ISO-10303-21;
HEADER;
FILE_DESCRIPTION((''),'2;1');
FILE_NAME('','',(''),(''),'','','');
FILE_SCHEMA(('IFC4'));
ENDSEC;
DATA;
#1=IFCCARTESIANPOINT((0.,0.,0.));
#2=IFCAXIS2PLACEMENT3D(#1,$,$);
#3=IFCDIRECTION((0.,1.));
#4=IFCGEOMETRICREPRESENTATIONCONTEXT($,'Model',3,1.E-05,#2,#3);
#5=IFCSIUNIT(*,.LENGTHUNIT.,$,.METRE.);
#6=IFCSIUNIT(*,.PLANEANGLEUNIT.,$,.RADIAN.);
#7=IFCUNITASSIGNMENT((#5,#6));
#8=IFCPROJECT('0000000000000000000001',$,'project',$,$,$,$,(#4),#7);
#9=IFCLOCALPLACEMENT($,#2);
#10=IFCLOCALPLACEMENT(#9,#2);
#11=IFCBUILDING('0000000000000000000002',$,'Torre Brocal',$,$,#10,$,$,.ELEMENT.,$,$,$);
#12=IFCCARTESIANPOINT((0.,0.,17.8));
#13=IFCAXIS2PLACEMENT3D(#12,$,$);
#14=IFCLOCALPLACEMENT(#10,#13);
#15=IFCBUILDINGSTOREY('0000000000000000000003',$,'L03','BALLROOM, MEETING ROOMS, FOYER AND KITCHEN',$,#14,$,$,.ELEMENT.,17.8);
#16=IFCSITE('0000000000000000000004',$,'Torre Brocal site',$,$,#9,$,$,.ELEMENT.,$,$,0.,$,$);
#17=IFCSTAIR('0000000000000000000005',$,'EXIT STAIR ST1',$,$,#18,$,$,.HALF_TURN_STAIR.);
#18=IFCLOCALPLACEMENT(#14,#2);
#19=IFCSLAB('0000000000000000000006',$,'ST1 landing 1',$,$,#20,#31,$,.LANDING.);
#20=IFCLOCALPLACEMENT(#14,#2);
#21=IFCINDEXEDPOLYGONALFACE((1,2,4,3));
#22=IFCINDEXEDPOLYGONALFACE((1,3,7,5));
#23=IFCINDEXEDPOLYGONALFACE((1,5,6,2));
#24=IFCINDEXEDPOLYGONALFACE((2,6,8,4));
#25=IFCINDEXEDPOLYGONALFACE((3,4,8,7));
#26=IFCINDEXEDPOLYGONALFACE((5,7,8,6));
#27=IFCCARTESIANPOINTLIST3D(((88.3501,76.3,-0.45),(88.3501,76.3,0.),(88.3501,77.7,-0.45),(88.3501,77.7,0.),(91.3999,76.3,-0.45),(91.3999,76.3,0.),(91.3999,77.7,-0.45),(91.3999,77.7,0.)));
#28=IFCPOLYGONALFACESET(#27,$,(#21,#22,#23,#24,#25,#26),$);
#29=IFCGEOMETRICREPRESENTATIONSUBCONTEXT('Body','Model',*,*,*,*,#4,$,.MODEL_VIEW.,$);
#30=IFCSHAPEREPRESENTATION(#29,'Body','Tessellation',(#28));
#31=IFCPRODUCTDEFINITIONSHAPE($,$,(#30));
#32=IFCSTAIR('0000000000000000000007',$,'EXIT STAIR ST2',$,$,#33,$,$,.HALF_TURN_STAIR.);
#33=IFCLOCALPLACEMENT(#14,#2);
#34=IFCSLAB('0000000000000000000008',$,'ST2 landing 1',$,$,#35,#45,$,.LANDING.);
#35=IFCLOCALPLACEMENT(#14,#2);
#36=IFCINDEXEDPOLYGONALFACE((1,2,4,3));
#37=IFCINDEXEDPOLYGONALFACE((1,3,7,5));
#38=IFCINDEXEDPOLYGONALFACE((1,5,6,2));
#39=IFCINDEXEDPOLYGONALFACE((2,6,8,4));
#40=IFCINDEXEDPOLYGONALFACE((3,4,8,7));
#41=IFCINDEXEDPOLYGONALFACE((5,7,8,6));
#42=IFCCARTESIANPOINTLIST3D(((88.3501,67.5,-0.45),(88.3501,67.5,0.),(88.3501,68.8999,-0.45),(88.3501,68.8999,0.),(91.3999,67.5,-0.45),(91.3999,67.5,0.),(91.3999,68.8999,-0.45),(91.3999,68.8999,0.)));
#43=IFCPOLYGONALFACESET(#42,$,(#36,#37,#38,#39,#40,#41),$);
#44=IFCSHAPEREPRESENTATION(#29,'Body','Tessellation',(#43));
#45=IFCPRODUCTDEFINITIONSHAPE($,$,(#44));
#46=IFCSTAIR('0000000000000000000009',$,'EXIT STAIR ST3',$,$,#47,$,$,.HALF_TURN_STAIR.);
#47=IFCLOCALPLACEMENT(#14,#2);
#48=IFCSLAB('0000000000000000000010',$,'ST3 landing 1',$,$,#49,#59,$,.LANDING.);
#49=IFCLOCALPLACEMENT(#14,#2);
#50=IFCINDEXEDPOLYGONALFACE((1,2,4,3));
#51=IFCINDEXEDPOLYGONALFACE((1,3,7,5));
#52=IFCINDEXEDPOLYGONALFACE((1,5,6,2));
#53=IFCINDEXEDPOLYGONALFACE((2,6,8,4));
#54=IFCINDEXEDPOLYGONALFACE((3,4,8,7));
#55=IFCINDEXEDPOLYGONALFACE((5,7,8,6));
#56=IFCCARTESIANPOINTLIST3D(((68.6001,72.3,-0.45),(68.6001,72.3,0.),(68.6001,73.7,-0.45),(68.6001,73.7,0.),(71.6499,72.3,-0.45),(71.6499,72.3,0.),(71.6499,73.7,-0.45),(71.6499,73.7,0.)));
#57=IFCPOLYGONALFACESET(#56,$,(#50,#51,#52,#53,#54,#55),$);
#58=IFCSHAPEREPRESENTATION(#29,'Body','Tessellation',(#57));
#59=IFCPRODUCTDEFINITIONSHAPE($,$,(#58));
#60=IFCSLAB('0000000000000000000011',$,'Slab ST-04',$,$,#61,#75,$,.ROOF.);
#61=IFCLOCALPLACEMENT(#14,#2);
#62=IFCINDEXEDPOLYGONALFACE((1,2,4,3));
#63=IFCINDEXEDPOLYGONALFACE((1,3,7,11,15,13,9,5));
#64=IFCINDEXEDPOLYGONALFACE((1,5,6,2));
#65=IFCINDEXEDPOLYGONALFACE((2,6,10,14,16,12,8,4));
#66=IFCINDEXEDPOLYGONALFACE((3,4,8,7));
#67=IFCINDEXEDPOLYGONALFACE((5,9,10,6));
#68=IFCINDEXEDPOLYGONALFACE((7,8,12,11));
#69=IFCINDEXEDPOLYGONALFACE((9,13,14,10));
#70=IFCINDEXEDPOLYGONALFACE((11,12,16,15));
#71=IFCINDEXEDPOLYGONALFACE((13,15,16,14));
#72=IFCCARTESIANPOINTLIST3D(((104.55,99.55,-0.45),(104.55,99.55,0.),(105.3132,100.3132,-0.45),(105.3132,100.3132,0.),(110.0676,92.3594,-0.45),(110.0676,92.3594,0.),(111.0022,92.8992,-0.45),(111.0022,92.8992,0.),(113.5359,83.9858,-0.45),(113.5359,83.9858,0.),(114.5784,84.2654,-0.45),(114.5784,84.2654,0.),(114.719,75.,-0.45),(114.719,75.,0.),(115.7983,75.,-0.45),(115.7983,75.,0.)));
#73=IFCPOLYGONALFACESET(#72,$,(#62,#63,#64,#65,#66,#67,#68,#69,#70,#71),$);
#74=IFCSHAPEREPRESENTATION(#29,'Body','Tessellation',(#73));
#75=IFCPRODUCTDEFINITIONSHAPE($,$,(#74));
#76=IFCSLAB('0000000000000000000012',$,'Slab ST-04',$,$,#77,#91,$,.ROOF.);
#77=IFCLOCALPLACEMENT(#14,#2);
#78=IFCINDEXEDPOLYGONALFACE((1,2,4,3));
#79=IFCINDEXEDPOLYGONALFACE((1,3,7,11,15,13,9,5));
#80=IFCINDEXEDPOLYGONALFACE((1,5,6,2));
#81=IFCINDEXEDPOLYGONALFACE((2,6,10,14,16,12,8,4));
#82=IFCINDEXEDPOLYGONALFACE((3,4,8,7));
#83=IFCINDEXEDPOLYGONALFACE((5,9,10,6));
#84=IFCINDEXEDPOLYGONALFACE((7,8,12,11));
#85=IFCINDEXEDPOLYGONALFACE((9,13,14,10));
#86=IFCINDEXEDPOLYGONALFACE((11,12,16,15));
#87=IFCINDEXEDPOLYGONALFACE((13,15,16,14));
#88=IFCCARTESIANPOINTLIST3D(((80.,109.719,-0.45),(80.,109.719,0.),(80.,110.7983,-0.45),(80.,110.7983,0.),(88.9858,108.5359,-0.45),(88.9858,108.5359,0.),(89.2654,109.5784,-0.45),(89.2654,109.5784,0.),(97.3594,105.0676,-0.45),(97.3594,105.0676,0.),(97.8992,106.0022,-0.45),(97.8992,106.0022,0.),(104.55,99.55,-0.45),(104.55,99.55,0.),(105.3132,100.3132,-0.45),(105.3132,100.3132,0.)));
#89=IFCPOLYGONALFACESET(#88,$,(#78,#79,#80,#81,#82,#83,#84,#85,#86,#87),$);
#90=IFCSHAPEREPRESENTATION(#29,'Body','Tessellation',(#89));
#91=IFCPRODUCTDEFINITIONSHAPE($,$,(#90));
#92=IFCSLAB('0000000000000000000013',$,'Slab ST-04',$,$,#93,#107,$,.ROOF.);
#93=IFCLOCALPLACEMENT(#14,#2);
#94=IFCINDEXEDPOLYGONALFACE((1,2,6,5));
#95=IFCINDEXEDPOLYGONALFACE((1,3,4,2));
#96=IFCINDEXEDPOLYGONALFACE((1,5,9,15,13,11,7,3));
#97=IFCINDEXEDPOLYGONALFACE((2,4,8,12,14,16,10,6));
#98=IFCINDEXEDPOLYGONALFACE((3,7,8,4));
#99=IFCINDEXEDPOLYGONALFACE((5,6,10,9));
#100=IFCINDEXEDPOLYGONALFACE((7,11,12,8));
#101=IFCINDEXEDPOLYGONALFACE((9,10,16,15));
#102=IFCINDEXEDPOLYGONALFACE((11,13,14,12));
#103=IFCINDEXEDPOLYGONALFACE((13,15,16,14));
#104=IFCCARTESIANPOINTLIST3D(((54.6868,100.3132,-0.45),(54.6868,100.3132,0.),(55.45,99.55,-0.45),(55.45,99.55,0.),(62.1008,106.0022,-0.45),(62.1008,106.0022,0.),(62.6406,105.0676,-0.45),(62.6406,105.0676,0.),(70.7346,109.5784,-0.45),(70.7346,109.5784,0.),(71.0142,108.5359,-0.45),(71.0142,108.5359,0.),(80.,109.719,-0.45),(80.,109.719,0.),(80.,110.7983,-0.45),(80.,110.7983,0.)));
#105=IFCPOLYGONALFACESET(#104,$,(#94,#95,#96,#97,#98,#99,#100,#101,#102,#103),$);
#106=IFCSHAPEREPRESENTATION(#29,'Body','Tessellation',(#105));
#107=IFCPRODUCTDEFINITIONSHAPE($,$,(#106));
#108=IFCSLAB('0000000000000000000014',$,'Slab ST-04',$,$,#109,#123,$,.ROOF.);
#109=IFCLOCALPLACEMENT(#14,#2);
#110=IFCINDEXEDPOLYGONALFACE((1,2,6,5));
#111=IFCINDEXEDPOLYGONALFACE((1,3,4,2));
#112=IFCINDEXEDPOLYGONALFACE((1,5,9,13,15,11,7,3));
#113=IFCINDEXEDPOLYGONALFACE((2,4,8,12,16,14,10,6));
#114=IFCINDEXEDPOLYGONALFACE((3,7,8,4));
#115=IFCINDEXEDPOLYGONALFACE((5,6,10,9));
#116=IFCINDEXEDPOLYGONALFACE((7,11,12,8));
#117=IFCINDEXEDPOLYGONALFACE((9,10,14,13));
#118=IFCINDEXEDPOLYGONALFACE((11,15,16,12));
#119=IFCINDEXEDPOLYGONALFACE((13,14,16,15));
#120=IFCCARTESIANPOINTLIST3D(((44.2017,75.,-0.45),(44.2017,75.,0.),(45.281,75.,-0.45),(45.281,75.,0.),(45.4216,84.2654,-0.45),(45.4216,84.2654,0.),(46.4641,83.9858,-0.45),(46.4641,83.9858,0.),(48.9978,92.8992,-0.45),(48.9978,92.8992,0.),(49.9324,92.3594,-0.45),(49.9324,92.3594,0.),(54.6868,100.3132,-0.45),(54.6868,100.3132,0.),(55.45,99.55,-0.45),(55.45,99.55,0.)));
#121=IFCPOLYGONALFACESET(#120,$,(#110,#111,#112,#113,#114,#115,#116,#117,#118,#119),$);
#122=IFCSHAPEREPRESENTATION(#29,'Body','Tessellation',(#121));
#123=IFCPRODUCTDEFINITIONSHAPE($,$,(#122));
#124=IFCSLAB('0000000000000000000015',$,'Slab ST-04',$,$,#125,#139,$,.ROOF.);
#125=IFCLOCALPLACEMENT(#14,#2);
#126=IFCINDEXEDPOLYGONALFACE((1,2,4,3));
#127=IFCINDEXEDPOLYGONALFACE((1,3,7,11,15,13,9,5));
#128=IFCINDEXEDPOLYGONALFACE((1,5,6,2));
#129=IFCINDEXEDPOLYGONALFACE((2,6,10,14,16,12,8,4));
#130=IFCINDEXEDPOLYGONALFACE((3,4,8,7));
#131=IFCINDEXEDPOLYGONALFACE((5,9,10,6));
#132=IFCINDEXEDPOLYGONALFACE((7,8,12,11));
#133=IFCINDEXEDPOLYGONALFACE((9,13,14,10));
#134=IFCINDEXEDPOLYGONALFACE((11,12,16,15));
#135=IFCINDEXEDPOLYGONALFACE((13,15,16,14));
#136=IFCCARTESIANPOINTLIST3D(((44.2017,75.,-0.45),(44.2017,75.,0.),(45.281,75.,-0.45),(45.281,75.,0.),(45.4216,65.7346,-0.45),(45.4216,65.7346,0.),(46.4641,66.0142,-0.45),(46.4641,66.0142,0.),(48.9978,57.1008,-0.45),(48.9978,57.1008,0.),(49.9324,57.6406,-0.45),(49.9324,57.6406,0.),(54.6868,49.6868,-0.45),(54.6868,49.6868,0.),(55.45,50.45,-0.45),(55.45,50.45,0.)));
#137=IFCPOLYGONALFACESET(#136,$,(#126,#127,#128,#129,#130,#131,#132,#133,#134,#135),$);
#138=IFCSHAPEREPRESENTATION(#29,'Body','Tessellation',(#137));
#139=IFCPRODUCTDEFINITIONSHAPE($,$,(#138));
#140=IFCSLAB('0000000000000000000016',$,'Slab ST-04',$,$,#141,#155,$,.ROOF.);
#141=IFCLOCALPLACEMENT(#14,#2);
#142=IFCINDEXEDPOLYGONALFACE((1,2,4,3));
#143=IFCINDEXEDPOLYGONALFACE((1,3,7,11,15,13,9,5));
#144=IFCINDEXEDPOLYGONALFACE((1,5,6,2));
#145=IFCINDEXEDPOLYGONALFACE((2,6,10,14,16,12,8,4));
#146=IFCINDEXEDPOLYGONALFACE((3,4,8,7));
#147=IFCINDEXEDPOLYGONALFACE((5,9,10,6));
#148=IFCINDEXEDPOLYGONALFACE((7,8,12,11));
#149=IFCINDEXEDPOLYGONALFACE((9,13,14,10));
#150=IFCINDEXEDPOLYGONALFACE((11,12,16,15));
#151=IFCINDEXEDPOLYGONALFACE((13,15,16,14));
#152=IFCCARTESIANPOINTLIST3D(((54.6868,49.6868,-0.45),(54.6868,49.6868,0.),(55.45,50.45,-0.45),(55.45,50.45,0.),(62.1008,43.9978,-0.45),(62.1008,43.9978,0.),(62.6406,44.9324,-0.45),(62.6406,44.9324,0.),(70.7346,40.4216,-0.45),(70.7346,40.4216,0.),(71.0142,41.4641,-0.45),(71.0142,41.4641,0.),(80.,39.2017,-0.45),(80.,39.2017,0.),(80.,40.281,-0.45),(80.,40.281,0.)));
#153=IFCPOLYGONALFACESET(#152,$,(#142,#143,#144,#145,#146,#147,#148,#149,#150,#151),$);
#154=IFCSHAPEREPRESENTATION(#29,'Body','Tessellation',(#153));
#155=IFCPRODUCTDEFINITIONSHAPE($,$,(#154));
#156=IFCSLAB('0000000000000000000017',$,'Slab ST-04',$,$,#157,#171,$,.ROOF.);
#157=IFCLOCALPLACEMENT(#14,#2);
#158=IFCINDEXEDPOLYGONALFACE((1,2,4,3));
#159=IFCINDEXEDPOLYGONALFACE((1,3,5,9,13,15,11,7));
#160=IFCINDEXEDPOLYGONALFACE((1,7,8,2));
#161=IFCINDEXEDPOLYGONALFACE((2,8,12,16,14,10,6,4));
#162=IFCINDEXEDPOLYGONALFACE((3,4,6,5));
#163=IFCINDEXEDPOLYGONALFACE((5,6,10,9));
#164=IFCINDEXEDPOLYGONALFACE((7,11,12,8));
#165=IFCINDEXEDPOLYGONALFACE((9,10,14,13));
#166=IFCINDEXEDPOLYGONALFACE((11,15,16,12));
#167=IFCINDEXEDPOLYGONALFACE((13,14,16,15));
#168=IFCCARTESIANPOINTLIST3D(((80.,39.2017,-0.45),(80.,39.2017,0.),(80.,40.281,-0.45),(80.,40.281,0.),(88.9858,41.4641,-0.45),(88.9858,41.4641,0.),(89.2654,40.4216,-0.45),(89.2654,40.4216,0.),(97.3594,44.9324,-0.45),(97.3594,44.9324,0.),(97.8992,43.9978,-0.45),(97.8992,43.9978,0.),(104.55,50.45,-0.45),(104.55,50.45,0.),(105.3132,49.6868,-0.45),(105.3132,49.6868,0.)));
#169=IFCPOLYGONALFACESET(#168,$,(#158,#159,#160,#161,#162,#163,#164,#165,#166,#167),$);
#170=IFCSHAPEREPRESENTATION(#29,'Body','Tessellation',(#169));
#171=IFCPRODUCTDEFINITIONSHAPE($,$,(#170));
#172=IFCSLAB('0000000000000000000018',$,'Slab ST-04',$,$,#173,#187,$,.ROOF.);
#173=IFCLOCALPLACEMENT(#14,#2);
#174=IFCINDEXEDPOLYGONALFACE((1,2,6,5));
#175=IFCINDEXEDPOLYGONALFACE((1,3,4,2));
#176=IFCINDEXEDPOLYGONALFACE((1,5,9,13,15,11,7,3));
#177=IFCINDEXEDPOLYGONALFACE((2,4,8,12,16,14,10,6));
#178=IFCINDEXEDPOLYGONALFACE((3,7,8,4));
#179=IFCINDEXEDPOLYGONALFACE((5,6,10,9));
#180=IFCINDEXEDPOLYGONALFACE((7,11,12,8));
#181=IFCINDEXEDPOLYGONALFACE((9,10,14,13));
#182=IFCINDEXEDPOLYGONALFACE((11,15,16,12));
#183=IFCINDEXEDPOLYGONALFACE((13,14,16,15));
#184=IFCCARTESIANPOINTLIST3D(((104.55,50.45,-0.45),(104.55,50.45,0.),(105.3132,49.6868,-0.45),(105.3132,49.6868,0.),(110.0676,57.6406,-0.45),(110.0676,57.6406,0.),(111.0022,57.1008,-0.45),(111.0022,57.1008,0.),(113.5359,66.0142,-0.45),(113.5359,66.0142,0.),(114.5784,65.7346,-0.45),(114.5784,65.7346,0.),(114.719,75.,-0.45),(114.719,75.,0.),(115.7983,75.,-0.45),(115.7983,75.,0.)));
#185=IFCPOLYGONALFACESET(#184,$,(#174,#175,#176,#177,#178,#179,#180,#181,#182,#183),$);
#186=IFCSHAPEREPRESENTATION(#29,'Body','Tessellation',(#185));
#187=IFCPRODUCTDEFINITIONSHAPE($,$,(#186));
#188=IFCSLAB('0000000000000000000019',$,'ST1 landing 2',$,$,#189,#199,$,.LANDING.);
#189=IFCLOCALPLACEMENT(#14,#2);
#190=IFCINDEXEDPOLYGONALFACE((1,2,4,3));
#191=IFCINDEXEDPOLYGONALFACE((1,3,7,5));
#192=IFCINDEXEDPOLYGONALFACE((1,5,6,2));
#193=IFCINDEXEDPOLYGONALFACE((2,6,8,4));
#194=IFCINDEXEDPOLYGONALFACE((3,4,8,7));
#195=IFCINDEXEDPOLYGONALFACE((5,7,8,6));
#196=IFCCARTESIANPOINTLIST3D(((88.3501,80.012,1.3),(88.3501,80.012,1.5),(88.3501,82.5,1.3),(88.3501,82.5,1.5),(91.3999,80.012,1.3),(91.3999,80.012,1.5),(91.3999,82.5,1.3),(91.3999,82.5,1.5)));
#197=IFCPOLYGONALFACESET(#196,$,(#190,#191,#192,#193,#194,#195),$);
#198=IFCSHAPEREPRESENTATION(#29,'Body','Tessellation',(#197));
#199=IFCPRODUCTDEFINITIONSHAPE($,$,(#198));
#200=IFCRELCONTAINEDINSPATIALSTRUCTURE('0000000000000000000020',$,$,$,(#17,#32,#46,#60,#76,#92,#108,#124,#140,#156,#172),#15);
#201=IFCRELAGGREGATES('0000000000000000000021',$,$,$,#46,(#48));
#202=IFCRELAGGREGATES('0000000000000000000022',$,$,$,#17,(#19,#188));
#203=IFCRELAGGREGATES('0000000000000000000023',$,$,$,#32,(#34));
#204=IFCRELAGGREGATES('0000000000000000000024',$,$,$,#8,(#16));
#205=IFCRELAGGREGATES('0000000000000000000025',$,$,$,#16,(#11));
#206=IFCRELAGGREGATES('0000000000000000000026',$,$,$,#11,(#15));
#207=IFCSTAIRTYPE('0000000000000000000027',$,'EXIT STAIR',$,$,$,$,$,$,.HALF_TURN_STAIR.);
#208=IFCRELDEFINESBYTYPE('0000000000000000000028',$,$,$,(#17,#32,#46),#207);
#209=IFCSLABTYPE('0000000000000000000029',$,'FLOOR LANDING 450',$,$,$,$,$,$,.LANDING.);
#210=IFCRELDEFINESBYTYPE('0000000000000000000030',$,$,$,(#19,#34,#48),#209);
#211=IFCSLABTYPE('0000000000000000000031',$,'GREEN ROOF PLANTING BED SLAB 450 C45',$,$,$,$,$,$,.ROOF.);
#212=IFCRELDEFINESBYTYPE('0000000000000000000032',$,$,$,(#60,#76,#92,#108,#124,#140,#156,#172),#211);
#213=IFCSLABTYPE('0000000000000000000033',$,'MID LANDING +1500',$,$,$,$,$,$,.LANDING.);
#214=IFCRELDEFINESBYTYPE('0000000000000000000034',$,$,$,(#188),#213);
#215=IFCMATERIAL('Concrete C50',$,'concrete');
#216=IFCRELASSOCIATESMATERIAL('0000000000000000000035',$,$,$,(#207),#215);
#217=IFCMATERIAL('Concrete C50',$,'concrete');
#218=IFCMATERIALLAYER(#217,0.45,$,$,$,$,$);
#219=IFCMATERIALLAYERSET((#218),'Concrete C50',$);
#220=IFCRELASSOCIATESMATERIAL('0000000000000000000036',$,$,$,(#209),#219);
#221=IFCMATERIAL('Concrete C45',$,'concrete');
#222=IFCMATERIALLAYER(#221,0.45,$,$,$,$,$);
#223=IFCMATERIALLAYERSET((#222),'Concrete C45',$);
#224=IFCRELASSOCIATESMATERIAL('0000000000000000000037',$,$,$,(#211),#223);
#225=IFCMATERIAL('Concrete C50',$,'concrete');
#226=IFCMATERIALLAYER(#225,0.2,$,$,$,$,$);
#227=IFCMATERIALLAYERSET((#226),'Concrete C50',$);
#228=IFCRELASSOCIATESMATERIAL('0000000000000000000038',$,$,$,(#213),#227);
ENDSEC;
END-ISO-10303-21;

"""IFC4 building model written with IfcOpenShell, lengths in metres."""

from ifc_helpers import new_model, si_unit, direction, frame, origin, place, context, subcontext, project, spatial, polyline, outline, extrude, material, layer, layer_set, type_object, element, aggregate, save


model = new_model("IFC4")

# Units and contexts
model_context = context("Model", 3, precision=1e-05, world=origin(), true_north=direction((0.0, 1.0)))
body_context = subcontext(model_context, "Body", "Model", "MODEL_VIEW")
ifc_project = project(units=[si_unit("LENGTHUNIT", "METRE"), si_unit("PLANEANGLEUNIT", "RADIAN")], contexts=[model_context])

# Site, building, storey
site_placement = place(None, origin())
site = spatial("IfcSite", under=ifc_project, at=site_placement, Name="Torre Brocal site", CompositionType="ELEMENT", RefElevation=0.0)
building_placement = place(site_placement, origin())
building = spatial("IfcBuilding", under=site, at=building_placement, Name="Torre Brocal", CompositionType="ELEMENT")
storey_placement = place(building_placement, frame((0.0, 0.0, 17.8)))
storey = spatial("IfcBuildingStorey", under=building, at=storey_placement, Name="L03", Description="BALLROOM, MEETING ROOMS, FOYER AND KITCHEN", CompositionType="ELEMENT", Elevation=17.8)

# Stairs, slabs
ifc_material_1 = material(Name="Concrete C50", Category="concrete")
stair_type = type_object("IfcStairType", Name="EXIT STAIR", PredefinedType="HALF_TURN_STAIR", material=ifc_material_1)
stair_1_placement = place(storey_placement, origin())
stair_1 = element("IfcStair", 1, at=stair_1_placement, inside=storey, type_object=stair_type, Name="EXIT STAIR ST1", PredefinedType="HALF_TURN_STAIR")
ifc_material_2 = material(Name="Concrete C50", Category="concrete")
ifc_layer_1 = layer(ifc_material_2, 0.45)
ifc_layer_set_1 = layer_set([ifc_layer_1], Name="Concrete C50")
slab_type_1 = type_object("IfcSlabType", Name="FLOOR LANDING 450", PredefinedType="LANDING", material=ifc_layer_set_1)
slab_1_placement = place(storey_placement, frame((0.0, 0.0, -0.45)))
slab_1 = element("IfcSlab", 2, at=slab_1_placement, type_object=slab_type_1, Name="ST1 landing 1", PredefinedType="LANDING", context=body_context, shape_type="SweptSolid", body=[
    extrude(outline(polyline([(88.3501, 76.3), (91.3999, 76.3), (91.3999, 77.7), (88.3501, 77.7), (88.3501, 76.3)])), origin(), (0.0, 0.0, 1.0), 0.45),
])
stair_2_placement = place(storey_placement, origin())
stair_2 = element("IfcStair", 3, at=stair_2_placement, inside=storey, type_object=stair_type, Name="EXIT STAIR ST2", PredefinedType="HALF_TURN_STAIR")
slab_2_placement = place(storey_placement, frame((0.0, 0.0, -0.45)))
slab_2 = element("IfcSlab", 4, at=slab_2_placement, type_object=slab_type_1, Name="ST2 landing 1", PredefinedType="LANDING", context=body_context, shape_type="SweptSolid", body=[
    extrude(outline(polyline([(88.3501, 67.5), (91.3999, 67.5), (91.3999, 68.8999), (88.3501, 68.8999), (88.3501, 67.5)])), origin(), (0.0, 0.0, 1.0), 0.45),
])
stair_3_placement = place(storey_placement, origin())
stair_3 = element("IfcStair", 5, at=stair_3_placement, inside=storey, type_object=stair_type, Name="EXIT STAIR ST3", PredefinedType="HALF_TURN_STAIR")
slab_3_placement = place(storey_placement, frame((0.0, 0.0, -0.45)))
slab_3 = element("IfcSlab", 6, at=slab_3_placement, type_object=slab_type_1, Name="ST3 landing 1", PredefinedType="LANDING", context=body_context, shape_type="SweptSolid", body=[
    extrude(outline(polyline([(71.6499, 73.7), (68.6001, 73.7), (68.6001, 72.3), (71.6499, 72.3), (71.6499, 73.7)])), origin(), (0.0, 0.0, 1.0), 0.45),
])

# Slabs
ifc_material_3 = material(Name="Concrete C45", Category="concrete")
ifc_layer_2 = layer(ifc_material_3, 0.45)
ifc_layer_set_2 = layer_set([ifc_layer_2], Name="Concrete C45")
slab_type_2 = type_object("IfcSlabType", Name="GREEN ROOF PLANTING BED SLAB 450 C45", PredefinedType="ROOF", material=ifc_layer_set_2)
slab_4_placement = place(storey_placement, frame((0.0, 0.0, -0.45)))
element("IfcSlab", 7, at=slab_4_placement, inside=storey, type_object=slab_type_2, Name="Slab ST-04", PredefinedType="ROOF", context=body_context, shape_type="SweptSolid", body=[
    extrude(outline(polyline([(115.7983, 75.0), (114.719, 75.0), (113.5359, 83.9858), (110.0676, 92.3594), (104.55, 99.55), (105.3132, 100.3132), (111.0022, 92.8992), (114.5784, 84.2654), (115.7983, 75.0)])), origin(), (0.0, 0.0, 1.0), 0.45),
])
slab_5_placement = place(storey_placement, frame((0.0, 0.0, -0.45)))
element("IfcSlab", 8, at=slab_5_placement, inside=storey, type_object=slab_type_2, Name="Slab ST-04", PredefinedType="ROOF", context=body_context, shape_type="SweptSolid", body=[
    extrude(outline(polyline([(105.3132, 100.3132), (104.55, 99.55), (97.3594, 105.0676), (88.9858, 108.5359), (80.0, 109.719), (80.0, 110.7983), (89.2654, 109.5784), (97.8992, 106.0022), (105.3132, 100.3132)])), origin(), (0.0, 0.0, 1.0), 0.45),
])
slab_6_placement = place(storey_placement, frame((0.0, 0.0, -0.45)))
element("IfcSlab", 9, at=slab_6_placement, inside=storey, type_object=slab_type_2, Name="Slab ST-04", PredefinedType="ROOF", context=body_context, shape_type="SweptSolid", body=[
    extrude(outline(polyline([(80.0, 110.7983), (80.0, 109.719), (71.0142, 108.5359), (62.6406, 105.0676), (55.45, 99.55), (54.6868, 100.3132), (62.1008, 106.0022), (70.7346, 109.5784), (80.0, 110.7983)])), origin(), (0.0, 0.0, 1.0), 0.45),
])
slab_7_placement = place(storey_placement, frame((0.0, 0.0, -0.45)))
element("IfcSlab", 10, at=slab_7_placement, inside=storey, type_object=slab_type_2, Name="Slab ST-04", PredefinedType="ROOF", context=body_context, shape_type="SweptSolid", body=[
    extrude(outline(polyline([(54.6868, 100.3132), (55.45, 99.55), (49.9324, 92.3594), (46.4641, 83.9858), (45.281, 75.0), (44.2017, 75.0), (45.4216, 84.2654), (48.9978, 92.8992), (54.6868, 100.3132)])), origin(), (0.0, 0.0, 1.0), 0.45),
])
slab_8_placement = place(storey_placement, frame((0.0, 0.0, -0.45)))
element("IfcSlab", 11, at=slab_8_placement, inside=storey, type_object=slab_type_2, Name="Slab ST-04", PredefinedType="ROOF", context=body_context, shape_type="SweptSolid", body=[
    extrude(outline(polyline([(44.2017, 75.0), (45.281, 75.0), (46.4641, 66.0142), (49.9324, 57.6406), (55.45, 50.45), (54.6868, 49.6868), (48.9978, 57.1008), (45.4216, 65.7346), (44.2017, 75.0)])), origin(), (0.0, 0.0, 1.0), 0.45),
])
slab_9_placement = place(storey_placement, frame((0.0, 0.0, -0.45)))
element("IfcSlab", 12, at=slab_9_placement, inside=storey, type_object=slab_type_2, Name="Slab ST-04", PredefinedType="ROOF", context=body_context, shape_type="SweptSolid", body=[
    extrude(outline(polyline([(54.6868, 49.6868), (55.45, 50.45), (62.6406, 44.9324), (71.0142, 41.4641), (80.0, 40.281), (80.0, 39.2017), (70.7346, 40.4216), (62.1008, 43.9978), (54.6868, 49.6868)])), origin(), (0.0, 0.0, 1.0), 0.45),
])
slab_10_placement = place(storey_placement, frame((0.0, 0.0, -0.45)))
element("IfcSlab", 13, at=slab_10_placement, inside=storey, type_object=slab_type_2, Name="Slab ST-04", PredefinedType="ROOF", context=body_context, shape_type="SweptSolid", body=[
    extrude(outline(polyline([(80.0, 39.2017), (80.0, 40.281), (88.9858, 41.4641), (97.3594, 44.9324), (104.55, 50.45), (105.3132, 49.6868), (97.8992, 43.9978), (89.2654, 40.4216), (80.0, 39.2017)])), origin(), (0.0, 0.0, 1.0), 0.45),
])
slab_11_placement = place(storey_placement, frame((0.0, 0.0, -0.45)))
element("IfcSlab", 14, at=slab_11_placement, inside=storey, type_object=slab_type_2, Name="Slab ST-04", PredefinedType="ROOF", context=body_context, shape_type="SweptSolid", body=[
    extrude(outline(polyline([(110.0676, 57.6406), (113.5359, 66.0142), (114.719, 75.0), (115.7983, 75.0), (114.5784, 65.7346), (111.0022, 57.1008), (105.3132, 49.6868), (104.55, 50.45), (110.0676, 57.6406)])), origin(), (0.0, 0.0, 1.0), 0.45),
])

# Slab
ifc_material_4 = material(Name="Concrete C50", Category="concrete")
ifc_layer_3 = layer(ifc_material_4, 0.2)
ifc_layer_set_3 = layer_set([ifc_layer_3], Name="Concrete C50")
slab_type_3 = type_object("IfcSlabType", Name="MID LANDING +1500", PredefinedType="LANDING", material=ifc_layer_set_3)
slab_12_placement = place(storey_placement, frame((0.0, 0.0, 1.3)))
slab_12 = element("IfcSlab", 15, at=slab_12_placement, type_object=slab_type_3, Name="ST1 landing 2", PredefinedType="LANDING", context=body_context, shape_type="SweptSolid", body=[
    extrude(outline(polyline([(88.3501, 80.012), (91.3999, 80.012), (91.3999, 82.5), (88.3501, 82.5), (88.3501, 80.012)])), origin(), (0.0, 0.0, 1.0), 0.2),
])
aggregate(stair_3, [slab_3])
aggregate(stair_1, [slab_1, slab_12])
aggregate(stair_2, [slab_2])

save(model, "model.ifc")
